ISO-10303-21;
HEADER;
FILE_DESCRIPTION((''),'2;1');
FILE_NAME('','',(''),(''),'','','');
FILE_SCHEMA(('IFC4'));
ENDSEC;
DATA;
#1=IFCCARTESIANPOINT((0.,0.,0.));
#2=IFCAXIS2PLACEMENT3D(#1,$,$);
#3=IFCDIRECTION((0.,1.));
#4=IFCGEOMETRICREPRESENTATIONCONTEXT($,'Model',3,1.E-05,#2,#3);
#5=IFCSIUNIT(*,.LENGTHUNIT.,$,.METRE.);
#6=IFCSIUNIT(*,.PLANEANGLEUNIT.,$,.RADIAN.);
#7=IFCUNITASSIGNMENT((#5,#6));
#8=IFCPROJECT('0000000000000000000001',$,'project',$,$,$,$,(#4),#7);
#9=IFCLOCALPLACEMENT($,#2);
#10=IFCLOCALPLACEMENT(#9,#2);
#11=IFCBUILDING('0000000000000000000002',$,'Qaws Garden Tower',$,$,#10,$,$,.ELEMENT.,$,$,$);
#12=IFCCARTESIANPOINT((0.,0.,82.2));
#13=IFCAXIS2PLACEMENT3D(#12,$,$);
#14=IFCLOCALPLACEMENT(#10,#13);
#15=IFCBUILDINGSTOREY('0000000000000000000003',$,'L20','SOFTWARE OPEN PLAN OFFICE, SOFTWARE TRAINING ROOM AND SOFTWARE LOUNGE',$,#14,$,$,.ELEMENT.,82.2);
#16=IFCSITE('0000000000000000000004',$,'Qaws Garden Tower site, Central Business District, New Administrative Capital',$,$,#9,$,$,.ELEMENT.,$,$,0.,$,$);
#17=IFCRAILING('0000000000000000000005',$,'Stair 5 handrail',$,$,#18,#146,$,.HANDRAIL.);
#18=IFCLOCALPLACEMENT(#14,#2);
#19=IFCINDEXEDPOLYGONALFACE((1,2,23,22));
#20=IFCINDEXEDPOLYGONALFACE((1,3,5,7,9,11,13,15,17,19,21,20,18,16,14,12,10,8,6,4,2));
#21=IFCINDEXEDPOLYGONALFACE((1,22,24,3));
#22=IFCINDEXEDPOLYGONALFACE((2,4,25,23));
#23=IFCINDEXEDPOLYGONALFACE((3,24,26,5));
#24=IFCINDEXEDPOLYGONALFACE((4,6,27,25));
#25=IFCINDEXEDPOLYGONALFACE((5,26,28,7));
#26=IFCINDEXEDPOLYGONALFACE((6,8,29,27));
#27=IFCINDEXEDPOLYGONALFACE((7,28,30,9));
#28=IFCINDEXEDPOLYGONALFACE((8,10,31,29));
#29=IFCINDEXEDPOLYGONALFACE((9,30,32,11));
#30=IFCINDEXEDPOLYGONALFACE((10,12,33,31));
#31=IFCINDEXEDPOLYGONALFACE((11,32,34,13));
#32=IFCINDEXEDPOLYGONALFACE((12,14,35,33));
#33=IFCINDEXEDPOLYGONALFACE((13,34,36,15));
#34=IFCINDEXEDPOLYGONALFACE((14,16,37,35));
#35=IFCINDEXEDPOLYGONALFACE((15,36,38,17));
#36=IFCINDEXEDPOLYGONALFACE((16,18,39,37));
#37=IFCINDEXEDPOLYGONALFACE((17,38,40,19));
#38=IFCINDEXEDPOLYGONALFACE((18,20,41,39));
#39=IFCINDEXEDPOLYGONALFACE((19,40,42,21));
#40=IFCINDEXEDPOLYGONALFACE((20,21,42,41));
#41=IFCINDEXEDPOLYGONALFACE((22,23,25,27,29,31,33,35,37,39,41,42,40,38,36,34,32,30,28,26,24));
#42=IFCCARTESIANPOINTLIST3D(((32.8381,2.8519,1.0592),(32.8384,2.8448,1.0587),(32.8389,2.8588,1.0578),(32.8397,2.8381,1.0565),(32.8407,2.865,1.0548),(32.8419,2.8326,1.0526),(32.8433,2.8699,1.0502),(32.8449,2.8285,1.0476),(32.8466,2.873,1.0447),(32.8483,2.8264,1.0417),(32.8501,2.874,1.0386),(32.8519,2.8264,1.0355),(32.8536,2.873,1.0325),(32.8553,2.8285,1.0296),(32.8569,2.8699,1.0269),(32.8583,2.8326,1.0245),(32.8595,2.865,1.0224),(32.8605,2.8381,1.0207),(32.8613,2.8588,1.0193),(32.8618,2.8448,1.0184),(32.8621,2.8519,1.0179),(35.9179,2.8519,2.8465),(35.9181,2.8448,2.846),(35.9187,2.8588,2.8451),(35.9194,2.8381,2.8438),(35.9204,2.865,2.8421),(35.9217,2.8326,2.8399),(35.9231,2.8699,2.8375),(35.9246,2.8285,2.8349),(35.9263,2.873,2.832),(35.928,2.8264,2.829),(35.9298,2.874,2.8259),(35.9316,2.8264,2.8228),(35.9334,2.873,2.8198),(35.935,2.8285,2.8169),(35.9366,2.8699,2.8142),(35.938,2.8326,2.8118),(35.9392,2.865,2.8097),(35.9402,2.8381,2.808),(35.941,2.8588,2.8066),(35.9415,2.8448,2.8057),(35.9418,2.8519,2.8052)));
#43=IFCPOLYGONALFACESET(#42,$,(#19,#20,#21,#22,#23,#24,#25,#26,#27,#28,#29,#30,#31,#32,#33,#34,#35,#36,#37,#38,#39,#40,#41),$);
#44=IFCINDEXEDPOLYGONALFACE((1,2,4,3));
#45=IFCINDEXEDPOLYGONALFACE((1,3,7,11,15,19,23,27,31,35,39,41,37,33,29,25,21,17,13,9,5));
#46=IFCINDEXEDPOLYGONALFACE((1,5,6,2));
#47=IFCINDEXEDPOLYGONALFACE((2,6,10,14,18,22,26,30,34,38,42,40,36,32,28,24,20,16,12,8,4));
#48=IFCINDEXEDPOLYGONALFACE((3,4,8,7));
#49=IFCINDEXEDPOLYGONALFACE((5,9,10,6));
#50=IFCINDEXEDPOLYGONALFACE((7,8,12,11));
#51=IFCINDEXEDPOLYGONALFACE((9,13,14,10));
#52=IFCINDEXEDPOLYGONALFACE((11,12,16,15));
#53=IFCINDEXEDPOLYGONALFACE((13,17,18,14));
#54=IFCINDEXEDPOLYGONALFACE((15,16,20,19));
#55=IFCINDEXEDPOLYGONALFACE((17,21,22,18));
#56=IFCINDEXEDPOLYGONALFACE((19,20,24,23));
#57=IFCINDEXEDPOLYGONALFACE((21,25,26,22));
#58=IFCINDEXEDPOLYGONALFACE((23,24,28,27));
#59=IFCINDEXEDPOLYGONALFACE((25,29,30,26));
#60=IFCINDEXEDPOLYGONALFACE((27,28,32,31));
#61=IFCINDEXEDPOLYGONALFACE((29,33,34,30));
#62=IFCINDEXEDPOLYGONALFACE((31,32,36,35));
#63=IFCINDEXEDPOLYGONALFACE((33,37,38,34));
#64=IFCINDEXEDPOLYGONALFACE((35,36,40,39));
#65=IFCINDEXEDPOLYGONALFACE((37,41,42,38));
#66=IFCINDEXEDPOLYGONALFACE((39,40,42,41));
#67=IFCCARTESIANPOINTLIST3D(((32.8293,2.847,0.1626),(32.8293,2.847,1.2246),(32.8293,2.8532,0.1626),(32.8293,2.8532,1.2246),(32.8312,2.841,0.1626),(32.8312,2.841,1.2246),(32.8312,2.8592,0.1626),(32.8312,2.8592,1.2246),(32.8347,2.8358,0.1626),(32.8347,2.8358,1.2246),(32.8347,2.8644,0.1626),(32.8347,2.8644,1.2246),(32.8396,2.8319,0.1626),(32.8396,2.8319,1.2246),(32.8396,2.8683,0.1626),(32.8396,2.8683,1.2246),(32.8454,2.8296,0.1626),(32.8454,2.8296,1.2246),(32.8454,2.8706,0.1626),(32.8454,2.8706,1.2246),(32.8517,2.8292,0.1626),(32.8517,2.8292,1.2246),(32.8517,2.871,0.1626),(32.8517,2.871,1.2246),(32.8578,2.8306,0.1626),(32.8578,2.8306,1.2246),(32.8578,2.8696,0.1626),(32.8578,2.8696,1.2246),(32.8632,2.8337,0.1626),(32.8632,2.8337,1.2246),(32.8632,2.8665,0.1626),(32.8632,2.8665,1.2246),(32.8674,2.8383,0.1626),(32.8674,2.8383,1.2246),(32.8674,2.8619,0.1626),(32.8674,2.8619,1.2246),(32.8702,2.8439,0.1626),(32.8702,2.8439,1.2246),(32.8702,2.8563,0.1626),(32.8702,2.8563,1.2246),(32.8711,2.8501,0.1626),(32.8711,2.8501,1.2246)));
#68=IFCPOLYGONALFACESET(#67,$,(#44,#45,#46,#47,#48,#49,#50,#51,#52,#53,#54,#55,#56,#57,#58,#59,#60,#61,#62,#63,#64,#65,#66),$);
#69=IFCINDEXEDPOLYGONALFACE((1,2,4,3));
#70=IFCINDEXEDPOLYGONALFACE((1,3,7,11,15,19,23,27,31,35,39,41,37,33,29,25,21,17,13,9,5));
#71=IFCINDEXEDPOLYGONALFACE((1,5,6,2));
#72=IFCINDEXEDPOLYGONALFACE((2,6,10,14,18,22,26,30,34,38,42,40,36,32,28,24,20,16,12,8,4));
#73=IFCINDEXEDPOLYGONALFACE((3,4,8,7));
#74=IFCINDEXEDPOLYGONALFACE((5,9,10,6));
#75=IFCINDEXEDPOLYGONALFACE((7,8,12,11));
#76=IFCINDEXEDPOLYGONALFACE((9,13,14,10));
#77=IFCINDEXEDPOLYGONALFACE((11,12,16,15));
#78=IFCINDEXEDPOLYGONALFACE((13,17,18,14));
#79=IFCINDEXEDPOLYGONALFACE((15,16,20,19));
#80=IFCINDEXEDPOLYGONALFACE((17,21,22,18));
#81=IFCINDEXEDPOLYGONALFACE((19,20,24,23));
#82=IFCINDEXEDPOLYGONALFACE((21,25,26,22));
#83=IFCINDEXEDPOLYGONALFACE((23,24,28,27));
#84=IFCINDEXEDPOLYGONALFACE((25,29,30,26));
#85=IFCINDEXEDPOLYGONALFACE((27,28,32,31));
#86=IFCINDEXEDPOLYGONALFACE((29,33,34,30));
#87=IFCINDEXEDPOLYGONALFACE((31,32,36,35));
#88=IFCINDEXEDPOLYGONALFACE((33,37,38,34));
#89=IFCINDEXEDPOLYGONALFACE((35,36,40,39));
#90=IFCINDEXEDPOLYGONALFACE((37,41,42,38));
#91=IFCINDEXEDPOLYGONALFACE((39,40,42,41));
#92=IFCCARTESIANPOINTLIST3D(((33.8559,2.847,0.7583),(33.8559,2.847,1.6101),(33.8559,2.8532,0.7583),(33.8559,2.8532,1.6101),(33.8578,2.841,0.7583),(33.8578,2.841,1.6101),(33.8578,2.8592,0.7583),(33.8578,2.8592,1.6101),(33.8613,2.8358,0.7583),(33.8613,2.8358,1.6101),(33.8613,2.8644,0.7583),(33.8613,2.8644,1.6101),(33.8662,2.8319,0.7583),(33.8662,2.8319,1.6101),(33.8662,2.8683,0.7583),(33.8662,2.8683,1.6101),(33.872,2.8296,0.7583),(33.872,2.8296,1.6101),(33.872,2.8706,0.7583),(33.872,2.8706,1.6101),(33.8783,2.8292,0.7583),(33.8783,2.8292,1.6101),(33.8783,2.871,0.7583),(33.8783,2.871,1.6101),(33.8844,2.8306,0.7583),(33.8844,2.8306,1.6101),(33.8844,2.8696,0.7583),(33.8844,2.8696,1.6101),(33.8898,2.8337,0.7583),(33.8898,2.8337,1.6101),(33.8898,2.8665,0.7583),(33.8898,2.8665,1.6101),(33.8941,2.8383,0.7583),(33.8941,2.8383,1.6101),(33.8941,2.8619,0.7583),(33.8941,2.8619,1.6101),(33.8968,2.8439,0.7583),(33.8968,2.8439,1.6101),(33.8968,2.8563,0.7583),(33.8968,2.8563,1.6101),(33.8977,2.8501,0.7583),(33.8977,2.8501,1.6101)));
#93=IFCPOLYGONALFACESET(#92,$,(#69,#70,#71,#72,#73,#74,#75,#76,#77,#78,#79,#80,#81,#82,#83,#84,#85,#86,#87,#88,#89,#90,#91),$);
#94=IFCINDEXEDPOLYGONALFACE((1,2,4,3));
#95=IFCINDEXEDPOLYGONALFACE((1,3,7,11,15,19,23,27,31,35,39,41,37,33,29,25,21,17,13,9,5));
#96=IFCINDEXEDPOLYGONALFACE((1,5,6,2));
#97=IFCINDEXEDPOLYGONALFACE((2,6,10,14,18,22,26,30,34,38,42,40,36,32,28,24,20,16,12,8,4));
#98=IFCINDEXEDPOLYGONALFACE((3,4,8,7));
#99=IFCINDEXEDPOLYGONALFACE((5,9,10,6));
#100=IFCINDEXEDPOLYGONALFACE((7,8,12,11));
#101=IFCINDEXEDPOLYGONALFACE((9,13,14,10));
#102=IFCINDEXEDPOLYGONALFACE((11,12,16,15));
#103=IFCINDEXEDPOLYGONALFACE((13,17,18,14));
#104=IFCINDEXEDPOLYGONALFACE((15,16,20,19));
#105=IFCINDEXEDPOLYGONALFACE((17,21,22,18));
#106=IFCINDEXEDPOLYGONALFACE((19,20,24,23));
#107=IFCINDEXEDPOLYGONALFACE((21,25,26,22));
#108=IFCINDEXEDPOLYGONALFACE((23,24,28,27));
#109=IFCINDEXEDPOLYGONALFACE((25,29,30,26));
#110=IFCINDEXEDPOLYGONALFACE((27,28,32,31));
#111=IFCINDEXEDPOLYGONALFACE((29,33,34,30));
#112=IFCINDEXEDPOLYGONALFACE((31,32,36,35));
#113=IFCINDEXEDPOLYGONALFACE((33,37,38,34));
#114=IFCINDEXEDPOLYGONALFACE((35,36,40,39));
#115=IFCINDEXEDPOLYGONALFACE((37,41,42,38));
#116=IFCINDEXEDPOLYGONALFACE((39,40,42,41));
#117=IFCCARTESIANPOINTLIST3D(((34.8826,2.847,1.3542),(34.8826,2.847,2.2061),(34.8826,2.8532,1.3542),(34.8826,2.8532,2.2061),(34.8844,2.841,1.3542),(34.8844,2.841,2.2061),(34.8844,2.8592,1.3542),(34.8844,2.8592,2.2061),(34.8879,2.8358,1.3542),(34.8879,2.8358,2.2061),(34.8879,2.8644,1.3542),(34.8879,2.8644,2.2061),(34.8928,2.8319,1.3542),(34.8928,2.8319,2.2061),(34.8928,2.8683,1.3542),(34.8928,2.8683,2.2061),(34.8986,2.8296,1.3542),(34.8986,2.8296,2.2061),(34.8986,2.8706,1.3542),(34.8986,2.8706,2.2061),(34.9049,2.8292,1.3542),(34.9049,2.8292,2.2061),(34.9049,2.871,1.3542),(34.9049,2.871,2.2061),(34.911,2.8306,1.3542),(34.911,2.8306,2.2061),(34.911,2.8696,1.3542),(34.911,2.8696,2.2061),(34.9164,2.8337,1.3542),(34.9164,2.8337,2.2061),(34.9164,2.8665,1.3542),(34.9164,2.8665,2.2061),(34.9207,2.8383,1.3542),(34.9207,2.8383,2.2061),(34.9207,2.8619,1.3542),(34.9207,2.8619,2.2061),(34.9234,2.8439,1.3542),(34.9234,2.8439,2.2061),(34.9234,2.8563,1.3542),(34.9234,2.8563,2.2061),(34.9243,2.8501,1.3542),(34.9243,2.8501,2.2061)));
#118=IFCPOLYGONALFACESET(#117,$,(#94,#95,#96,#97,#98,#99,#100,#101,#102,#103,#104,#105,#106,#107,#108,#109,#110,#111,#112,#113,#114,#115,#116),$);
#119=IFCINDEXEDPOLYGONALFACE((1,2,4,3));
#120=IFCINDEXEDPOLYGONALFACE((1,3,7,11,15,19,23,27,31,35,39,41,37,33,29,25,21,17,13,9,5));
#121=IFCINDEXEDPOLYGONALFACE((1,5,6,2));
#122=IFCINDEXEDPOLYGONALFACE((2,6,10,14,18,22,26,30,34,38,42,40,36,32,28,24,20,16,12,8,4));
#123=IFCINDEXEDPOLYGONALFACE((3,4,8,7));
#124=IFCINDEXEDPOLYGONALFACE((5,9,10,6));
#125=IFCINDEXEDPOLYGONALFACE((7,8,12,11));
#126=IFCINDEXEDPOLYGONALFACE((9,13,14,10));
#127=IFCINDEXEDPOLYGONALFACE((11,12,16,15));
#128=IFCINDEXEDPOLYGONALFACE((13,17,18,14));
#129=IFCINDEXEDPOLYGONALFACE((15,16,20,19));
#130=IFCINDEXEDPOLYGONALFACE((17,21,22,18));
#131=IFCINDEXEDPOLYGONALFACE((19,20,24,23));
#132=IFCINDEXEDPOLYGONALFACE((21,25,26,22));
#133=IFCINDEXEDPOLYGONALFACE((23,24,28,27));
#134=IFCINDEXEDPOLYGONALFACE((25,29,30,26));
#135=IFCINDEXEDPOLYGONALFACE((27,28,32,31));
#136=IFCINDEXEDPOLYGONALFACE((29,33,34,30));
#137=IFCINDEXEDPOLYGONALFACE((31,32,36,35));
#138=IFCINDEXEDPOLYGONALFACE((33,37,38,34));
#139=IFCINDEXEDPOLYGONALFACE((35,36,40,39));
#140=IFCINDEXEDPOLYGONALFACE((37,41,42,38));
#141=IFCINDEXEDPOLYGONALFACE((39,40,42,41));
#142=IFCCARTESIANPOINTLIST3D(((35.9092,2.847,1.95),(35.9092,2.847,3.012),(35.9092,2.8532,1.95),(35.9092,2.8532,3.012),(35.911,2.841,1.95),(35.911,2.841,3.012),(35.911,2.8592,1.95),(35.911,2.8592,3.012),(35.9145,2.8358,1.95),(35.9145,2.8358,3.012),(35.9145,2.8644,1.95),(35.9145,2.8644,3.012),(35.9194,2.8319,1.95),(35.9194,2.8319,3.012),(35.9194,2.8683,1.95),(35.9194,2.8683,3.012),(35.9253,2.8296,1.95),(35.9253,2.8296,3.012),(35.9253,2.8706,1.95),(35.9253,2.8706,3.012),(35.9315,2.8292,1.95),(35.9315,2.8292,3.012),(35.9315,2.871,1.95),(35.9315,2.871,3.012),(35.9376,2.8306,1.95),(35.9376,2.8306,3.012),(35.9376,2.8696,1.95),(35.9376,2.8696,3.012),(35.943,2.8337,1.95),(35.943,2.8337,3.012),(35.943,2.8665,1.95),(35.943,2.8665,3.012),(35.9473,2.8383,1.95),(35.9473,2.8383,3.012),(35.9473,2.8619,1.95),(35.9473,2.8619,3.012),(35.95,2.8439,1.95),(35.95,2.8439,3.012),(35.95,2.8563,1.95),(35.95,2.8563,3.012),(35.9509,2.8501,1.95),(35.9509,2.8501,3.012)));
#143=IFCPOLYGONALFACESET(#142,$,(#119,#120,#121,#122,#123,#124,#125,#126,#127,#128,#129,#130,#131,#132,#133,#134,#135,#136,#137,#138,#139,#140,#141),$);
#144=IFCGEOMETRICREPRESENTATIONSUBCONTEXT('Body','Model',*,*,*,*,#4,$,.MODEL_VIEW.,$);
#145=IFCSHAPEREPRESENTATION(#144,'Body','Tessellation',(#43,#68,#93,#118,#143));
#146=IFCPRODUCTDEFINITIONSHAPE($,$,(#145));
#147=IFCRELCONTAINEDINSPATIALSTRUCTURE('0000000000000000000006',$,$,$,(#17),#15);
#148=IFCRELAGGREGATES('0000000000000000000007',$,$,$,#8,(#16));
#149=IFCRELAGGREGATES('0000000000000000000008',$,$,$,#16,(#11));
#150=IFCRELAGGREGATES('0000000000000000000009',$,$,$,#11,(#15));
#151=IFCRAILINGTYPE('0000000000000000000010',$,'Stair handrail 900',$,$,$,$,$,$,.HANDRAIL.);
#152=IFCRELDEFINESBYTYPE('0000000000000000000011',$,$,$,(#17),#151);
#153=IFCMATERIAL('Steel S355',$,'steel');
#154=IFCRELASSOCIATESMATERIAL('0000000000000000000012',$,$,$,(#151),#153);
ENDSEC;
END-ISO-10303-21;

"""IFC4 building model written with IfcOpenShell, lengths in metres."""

from ifc_helpers import new_model, si_unit, direction, frame, origin, origin_2d, place, context, subcontext, project, spatial, circle, extrude, material, type_object, element, save


model = new_model("IFC4")

# Units and contexts
model_context = context("Model", 3, precision=1e-05, world=origin(), true_north=direction((0.0, 1.0)))
body_context = subcontext(model_context, "Body", "Model", "MODEL_VIEW")
ifc_project = project(units=[si_unit("LENGTHUNIT", "METRE"), si_unit("PLANEANGLEUNIT", "RADIAN")], contexts=[model_context])

# Site, building, storey
site_placement = place(None, origin())
site = spatial("IfcSite", under=ifc_project, at=site_placement, Name="Qaws Garden Tower site, Central Business District, New Administrative Capital", CompositionType="ELEMENT", RefElevation=0.0)
building_placement = place(site_placement, origin())
building = spatial("IfcBuilding", under=site, at=building_placement, Name="Qaws Garden Tower", CompositionType="ELEMENT")
storey_placement = place(building_placement, frame((0.0, 0.0, 82.2)))
storey = spatial("IfcBuildingStorey", under=building, at=storey_placement, Name="L20", Description="SOFTWARE OPEN PLAN OFFICE, SOFTWARE TRAINING ROOM AND SOFTWARE LOUNGE", CompositionType="ELEMENT", Elevation=82.2)

# Railing
ifc_material_1 = material(Name="Steel S355", Category="steel")
railing_type = type_object("IfcRailingType", Name="Stair handrail 900", PredefinedType="HANDRAIL", material=ifc_material_1)
railing_placement = place(storey_placement, frame((32.8501, 2.8501, 0.1626)))
element("IfcRailing", 1, at=railing_placement, inside=storey, type_object=railing_type, Name="Stair 5 handrail", PredefinedType="HANDRAIL", context=body_context, shape_type="SweptSolid", body=[
    extrude(circle(Radius=0.0239, at=origin_2d()), frame((0.0, 0.0, 0.876), z_axis=(0.864903, 0.0, 0.501939), x_axis=(0.0, 1.0, 0.0)), (0.0, 0.0, 1.0), 3.5608),
    extrude(circle(Radius=0.021, at=origin_2d()), origin(), (0.0, 0.0, 1.0), 1.062),
    extrude(circle(Radius=0.021, at=origin_2d()), frame((1.0266, 0.0, 0.5957)), (0.0, 0.0, 1.0), 0.8518),
    extrude(circle(Radius=0.021, at=origin_2d()), frame((2.0532, 0.0, 1.1917)), (0.0, 0.0, 1.0), 0.8518),
    extrude(circle(Radius=0.021, at=origin_2d()), frame((3.0798, 0.0, 1.7874)), (0.0, 0.0, 1.0), 1.062),
])

save(model, "model.ifc")
